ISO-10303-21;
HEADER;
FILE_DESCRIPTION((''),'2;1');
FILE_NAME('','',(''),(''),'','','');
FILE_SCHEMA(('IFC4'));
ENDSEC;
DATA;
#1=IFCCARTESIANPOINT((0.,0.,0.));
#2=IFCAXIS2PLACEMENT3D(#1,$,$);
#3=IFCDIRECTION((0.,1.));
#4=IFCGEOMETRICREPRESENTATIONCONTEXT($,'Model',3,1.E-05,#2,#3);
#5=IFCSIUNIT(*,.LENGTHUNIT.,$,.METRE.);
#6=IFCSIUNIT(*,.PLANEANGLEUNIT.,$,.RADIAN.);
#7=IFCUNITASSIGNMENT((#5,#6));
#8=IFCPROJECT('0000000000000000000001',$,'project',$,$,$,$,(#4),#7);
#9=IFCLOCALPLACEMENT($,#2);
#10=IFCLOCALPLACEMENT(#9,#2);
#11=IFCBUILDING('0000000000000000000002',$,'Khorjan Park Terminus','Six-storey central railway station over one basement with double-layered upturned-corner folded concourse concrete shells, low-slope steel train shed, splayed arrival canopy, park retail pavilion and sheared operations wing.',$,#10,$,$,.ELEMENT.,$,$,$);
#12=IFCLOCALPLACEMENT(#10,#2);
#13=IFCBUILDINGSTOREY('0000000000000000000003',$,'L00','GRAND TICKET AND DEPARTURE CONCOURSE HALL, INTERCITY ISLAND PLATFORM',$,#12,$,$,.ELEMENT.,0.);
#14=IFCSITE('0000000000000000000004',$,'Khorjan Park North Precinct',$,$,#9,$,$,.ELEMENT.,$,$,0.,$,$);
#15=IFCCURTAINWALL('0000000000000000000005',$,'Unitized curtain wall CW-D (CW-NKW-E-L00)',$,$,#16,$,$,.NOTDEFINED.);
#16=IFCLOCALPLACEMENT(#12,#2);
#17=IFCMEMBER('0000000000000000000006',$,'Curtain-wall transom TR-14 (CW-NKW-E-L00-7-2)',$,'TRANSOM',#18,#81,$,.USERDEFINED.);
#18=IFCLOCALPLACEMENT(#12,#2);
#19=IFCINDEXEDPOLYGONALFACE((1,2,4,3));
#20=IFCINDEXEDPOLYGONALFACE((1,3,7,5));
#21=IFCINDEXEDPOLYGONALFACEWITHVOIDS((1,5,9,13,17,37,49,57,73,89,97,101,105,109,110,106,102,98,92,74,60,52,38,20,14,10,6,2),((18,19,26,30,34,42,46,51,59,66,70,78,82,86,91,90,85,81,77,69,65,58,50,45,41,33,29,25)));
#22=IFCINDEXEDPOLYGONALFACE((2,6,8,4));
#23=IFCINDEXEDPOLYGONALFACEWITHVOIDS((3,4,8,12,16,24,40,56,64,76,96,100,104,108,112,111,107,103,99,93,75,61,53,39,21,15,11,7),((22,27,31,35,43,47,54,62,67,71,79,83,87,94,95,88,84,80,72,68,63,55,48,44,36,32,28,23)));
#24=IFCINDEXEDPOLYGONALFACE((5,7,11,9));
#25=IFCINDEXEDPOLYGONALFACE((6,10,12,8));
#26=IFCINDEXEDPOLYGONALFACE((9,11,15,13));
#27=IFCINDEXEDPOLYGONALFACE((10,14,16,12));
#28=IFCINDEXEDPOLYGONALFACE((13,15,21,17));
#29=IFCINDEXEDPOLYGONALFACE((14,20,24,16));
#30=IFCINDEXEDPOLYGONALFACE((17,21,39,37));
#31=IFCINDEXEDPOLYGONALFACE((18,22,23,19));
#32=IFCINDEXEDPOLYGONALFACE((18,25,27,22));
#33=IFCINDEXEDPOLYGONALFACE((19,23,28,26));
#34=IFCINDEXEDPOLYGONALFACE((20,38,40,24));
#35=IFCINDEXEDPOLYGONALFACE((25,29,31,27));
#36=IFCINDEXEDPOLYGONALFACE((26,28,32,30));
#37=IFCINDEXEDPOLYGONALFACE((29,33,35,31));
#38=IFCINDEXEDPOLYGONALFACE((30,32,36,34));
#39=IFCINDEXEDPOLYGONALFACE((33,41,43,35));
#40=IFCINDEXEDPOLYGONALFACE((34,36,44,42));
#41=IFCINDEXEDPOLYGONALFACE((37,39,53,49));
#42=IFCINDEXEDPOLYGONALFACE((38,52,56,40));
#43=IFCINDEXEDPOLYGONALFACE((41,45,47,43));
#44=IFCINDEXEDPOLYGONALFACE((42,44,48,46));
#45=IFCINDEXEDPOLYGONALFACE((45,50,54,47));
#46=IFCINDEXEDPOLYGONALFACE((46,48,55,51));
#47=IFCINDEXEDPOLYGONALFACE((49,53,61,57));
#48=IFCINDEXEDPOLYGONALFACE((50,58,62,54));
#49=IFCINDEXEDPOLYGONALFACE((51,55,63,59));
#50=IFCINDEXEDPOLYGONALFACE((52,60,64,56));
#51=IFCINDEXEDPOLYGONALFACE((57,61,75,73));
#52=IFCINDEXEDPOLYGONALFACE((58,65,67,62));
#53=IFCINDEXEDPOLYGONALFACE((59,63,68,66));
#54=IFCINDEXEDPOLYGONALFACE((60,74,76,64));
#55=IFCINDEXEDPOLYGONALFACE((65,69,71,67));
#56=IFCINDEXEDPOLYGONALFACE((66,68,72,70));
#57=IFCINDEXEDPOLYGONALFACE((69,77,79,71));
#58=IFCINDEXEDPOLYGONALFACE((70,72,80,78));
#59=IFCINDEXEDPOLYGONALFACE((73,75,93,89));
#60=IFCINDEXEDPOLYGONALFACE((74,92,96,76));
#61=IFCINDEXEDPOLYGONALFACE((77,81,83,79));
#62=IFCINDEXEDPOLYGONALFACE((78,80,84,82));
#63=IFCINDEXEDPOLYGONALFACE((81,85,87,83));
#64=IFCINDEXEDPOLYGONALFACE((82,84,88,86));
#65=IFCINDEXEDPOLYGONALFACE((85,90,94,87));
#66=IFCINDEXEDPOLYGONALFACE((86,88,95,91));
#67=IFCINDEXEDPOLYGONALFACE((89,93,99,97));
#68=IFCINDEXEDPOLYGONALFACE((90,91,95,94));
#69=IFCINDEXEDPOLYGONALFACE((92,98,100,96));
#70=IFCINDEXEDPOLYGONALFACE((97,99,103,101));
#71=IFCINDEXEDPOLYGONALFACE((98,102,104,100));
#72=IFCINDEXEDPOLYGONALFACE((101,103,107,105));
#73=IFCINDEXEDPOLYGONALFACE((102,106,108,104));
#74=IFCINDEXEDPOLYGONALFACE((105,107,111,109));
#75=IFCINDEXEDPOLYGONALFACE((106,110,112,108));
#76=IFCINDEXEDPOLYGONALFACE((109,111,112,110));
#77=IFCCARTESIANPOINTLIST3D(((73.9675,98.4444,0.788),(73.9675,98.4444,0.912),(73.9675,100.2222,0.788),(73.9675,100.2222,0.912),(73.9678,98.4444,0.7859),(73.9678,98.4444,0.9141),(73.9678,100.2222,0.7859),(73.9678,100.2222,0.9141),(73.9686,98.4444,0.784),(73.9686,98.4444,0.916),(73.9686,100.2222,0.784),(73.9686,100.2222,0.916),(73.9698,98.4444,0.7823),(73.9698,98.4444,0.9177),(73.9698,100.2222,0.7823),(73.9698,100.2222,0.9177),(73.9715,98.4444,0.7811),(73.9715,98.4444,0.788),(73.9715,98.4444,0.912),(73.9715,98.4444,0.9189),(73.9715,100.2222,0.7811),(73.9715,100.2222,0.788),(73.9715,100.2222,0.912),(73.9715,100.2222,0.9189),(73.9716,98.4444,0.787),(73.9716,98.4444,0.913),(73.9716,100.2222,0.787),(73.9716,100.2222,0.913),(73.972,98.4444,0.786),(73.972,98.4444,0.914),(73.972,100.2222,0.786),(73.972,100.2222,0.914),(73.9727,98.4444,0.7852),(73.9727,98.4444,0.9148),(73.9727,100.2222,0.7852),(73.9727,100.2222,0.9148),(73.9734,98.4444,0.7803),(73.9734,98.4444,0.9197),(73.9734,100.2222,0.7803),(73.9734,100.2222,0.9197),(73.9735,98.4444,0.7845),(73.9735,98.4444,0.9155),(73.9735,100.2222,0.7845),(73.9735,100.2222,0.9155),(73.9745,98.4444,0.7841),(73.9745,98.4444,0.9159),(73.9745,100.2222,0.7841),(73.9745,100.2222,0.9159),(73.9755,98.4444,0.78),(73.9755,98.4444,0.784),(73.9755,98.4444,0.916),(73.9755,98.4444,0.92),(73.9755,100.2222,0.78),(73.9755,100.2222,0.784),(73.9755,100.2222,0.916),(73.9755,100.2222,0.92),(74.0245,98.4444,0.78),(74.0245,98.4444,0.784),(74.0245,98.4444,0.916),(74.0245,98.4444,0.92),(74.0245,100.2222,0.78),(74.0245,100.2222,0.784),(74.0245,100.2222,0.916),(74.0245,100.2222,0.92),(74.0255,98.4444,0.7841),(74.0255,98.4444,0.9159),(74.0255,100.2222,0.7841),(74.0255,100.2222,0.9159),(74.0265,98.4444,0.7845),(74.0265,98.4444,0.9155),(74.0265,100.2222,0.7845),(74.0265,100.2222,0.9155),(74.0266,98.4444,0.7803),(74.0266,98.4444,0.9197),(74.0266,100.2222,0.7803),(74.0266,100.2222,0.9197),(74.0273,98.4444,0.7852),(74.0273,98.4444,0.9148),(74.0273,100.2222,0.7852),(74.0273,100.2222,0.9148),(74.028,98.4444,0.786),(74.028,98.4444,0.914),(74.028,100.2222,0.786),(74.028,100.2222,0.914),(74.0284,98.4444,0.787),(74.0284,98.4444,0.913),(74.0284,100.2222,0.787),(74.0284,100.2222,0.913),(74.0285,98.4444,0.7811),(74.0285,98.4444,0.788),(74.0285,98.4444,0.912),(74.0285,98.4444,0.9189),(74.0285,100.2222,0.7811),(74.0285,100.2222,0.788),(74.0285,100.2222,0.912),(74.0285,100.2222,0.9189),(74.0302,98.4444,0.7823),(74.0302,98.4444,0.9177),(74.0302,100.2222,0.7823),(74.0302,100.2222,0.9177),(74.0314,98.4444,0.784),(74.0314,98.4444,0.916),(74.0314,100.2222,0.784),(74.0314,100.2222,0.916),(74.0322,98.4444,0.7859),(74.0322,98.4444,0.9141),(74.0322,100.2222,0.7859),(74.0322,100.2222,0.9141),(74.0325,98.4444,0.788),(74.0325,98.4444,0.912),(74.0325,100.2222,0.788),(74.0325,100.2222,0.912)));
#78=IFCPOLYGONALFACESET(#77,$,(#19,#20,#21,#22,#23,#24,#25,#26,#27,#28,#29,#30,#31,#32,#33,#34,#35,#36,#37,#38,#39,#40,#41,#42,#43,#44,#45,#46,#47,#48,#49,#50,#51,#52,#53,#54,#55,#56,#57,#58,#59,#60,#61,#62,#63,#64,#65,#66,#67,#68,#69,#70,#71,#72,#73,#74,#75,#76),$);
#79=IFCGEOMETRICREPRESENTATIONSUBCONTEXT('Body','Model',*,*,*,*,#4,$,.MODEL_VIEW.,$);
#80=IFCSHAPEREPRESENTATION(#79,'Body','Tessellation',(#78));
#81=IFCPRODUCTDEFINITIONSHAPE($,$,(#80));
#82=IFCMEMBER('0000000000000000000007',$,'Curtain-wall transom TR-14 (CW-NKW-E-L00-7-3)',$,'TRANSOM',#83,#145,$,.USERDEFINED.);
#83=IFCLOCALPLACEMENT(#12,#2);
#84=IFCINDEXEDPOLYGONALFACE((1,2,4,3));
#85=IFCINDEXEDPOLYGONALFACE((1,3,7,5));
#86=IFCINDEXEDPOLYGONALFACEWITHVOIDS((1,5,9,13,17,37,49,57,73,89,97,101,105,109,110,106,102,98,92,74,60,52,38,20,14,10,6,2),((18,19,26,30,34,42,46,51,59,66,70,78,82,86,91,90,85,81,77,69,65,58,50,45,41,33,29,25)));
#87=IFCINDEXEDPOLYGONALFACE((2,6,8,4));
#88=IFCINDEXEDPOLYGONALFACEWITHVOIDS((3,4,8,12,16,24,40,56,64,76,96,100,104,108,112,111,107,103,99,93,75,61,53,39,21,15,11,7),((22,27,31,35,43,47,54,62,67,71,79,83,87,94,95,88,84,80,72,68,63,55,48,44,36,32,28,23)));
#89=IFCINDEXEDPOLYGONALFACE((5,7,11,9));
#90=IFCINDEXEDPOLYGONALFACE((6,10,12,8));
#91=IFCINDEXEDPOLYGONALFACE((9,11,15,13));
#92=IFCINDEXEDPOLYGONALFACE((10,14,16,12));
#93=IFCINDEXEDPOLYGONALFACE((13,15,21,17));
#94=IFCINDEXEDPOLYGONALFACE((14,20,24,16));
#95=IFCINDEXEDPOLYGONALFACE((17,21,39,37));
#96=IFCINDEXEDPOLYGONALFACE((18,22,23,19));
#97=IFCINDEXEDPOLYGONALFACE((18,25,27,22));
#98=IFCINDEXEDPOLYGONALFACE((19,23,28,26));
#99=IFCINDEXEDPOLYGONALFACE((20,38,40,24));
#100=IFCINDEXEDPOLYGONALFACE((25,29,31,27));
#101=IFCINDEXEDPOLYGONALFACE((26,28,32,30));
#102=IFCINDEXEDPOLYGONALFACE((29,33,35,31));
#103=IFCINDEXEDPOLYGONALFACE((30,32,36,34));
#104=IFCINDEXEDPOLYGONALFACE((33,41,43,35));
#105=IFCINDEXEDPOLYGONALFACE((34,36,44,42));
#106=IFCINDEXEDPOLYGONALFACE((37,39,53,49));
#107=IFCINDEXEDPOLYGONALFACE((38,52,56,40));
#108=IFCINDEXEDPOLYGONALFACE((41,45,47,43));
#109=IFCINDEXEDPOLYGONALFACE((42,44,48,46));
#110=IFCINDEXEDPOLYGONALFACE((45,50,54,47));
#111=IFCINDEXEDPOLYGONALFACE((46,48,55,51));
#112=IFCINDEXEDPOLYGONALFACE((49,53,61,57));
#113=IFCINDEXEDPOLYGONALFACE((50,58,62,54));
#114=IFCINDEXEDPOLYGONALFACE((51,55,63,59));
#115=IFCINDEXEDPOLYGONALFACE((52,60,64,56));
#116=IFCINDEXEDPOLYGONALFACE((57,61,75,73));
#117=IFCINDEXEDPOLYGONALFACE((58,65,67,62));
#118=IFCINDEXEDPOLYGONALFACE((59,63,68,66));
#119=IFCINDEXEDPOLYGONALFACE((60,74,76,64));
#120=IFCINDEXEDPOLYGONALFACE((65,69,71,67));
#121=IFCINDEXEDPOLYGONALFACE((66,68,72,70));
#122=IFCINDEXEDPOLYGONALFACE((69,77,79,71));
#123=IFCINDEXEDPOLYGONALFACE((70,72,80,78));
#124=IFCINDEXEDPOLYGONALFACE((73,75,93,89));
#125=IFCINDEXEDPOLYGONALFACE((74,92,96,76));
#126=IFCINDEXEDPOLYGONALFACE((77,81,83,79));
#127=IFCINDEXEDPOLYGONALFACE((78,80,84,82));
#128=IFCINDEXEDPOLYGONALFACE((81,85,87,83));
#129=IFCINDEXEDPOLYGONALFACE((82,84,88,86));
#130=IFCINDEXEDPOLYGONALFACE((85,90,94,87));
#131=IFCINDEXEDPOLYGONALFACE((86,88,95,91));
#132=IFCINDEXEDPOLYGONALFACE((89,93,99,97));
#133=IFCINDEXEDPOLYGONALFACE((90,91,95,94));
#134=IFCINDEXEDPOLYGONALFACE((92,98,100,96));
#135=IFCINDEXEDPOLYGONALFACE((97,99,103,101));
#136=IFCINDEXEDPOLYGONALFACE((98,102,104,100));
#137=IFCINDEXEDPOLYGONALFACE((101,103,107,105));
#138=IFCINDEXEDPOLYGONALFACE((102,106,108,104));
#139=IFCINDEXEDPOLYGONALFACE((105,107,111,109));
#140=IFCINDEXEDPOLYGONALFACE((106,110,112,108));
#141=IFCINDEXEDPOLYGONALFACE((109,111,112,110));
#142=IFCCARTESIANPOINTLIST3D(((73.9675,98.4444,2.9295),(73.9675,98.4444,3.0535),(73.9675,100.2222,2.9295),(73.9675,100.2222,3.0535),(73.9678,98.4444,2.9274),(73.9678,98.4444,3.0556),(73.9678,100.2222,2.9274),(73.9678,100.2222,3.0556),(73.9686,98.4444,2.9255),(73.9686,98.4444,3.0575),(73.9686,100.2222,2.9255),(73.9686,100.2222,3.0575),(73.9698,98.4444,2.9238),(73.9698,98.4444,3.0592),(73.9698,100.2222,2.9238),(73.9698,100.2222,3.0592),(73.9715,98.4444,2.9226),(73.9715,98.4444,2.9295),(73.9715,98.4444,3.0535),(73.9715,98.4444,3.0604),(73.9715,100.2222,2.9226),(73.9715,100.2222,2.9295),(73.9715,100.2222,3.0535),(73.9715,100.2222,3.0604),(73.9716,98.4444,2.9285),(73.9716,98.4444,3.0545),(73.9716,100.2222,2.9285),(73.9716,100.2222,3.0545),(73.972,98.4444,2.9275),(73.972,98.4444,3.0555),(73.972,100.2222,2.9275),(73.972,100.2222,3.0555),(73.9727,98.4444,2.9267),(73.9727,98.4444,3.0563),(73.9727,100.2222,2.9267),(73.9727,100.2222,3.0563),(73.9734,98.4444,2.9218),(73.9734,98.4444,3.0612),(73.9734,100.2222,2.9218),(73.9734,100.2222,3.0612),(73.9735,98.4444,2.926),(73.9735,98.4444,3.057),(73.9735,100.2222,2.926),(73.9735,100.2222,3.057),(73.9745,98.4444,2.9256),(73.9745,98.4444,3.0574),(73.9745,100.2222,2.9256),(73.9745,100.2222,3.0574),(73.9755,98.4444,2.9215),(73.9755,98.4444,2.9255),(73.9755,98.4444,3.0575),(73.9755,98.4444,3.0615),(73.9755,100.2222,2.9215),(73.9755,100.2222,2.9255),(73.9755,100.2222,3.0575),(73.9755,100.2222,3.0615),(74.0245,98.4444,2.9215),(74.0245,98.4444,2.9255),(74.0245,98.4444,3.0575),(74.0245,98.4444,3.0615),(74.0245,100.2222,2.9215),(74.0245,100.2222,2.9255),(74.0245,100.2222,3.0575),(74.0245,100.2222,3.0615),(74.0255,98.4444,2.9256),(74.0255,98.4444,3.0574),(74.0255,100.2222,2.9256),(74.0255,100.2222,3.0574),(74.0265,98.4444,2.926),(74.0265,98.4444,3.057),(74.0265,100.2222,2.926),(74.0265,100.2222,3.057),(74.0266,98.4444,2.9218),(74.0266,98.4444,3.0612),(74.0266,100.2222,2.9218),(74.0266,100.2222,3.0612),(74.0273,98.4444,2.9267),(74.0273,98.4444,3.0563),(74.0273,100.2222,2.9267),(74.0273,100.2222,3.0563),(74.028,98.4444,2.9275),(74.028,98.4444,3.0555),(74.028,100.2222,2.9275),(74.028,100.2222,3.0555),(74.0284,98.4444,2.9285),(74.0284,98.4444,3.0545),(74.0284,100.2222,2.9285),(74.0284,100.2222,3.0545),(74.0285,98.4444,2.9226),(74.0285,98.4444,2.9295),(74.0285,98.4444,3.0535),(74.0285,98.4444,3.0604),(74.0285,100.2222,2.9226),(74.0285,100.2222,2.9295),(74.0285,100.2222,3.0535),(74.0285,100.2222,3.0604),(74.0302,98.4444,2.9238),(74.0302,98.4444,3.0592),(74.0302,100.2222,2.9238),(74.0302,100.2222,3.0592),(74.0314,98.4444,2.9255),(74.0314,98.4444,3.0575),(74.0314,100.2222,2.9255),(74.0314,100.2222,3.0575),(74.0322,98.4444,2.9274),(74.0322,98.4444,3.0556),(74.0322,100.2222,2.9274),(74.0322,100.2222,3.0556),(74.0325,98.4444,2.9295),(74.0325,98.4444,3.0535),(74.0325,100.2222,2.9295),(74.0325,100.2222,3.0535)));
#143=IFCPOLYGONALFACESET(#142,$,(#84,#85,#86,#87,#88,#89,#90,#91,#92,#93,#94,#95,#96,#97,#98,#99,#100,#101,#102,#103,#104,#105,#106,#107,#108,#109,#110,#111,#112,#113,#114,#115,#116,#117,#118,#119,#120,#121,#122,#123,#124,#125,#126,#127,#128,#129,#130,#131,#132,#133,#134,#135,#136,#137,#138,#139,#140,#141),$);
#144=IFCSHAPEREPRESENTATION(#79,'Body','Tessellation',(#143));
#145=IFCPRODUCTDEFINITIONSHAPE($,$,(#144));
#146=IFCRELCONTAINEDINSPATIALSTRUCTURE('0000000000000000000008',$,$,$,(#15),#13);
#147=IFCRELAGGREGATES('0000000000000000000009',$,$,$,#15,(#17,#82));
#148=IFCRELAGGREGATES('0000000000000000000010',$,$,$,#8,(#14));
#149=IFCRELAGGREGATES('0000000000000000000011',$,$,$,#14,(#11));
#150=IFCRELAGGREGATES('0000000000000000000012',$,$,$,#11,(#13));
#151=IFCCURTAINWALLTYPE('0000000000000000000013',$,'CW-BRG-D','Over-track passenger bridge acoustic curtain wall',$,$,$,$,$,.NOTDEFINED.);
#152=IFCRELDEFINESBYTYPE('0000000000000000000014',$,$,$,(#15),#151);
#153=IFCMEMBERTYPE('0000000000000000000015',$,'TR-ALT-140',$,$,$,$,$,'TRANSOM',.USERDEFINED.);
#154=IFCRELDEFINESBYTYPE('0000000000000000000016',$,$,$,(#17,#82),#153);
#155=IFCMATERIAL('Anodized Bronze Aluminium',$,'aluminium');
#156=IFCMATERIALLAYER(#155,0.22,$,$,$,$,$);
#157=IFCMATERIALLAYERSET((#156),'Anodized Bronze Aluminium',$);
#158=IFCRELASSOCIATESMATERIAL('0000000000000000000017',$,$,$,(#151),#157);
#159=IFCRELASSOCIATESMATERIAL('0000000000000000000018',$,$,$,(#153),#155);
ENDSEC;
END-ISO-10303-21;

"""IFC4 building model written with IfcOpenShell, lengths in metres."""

from ifc_helpers import new_model, si_unit, direction, frame, origin, origin_2d, place, context, subcontext, project, spatial, hollow_rectangle, extrude, material, layer, layer_set, material_profile, profile_set, type_object, element, aggregate, save


model = new_model("IFC4")

# Units and contexts
model_context = context("Model", 3, precision=1e-05, world=origin(), true_north=direction((0.0, 1.0)))
body_context = subcontext(model_context, "Body", "Model", "MODEL_VIEW")
ifc_project = project(units=[si_unit("LENGTHUNIT", "METRE"), si_unit("PLANEANGLEUNIT", "RADIAN")], contexts=[model_context])

# Site, building, storey
site_placement = place(None, origin())
site = spatial("IfcSite", under=ifc_project, at=site_placement, Name="Khorjan Park North Precinct", CompositionType="ELEMENT", RefElevation=0.0)
building_placement = place(site_placement, origin())
building = spatial("IfcBuilding", under=site, at=building_placement, Name="Khorjan Park Terminus", Description="Six-storey central railway station over one basement with double-layered upturned-corner folded concourse concrete shells, low-slope steel train shed, splayed arrival canopy, park retail pavilion and sheared operations wing.", CompositionType="ELEMENT")
storey_placement = place(building_placement, origin())
storey = spatial("IfcBuildingStorey", under=building, at=storey_placement, Name="L00", Description="GRAND TICKET AND DEPARTURE CONCOURSE HALL, INTERCITY ISLAND PLATFORM", CompositionType="ELEMENT", Elevation=0.0)

# Curtain wall, members
ifc_material_1 = material(Name="Anodized Bronze Aluminium", Category="aluminium")
ifc_layer_1 = layer(ifc_material_1, 0.22)
ifc_layer_set_1 = layer_set([ifc_layer_1], Name="Anodized Bronze Aluminium")
curtain_wall_type = type_object("IfcCurtainWallType", Name="CW-BRG-D", Description="Over-track passenger bridge acoustic curtain wall", PredefinedType="NOTDEFINED", material=ifc_layer_set_1)
curtain_wall_placement = place(storey_placement, origin())
curtain_wall = element("IfcCurtainWall", 1, at=curtain_wall_placement, inside=storey, type_object=curtain_wall_type, Name="Unitized curtain wall CW-D (CW-NKW-E-L00)", PredefinedType="NOTDEFINED")
ifc_material_profile_1 = material_profile(ifc_material_1, hollow_rectangle(XDim=0.065, YDim=0.14, WallThickness=0.004, InnerFilletRadius=0.004, OuterFilletRadius=0.008, at=origin_2d()), Name="ALT 65x140x4")
ifc_profile_set_1 = profile_set([ifc_material_profile_1], Name="Anodized Bronze Aluminium")
member_type_1 = type_object("IfcMemberType", Name="TR-ALT-140", ElementType="TRANSOM", PredefinedType="USERDEFINED", material=ifc_profile_set_1)
member_1_placement = place(storey_placement, frame((74.0, 98.4444, 0.85), z_axis=(0.0, 1.0, 0.0), x_axis=(-1.0, 0.0, 0.0)))
member_1 = element("IfcMember", 2, at=member_1_placement, type_object=member_type_1, Name="Curtain-wall transom TR-14 (CW-NKW-E-L00-7-2)", ObjectType="TRANSOM", PredefinedType="USERDEFINED", context=body_context, shape_type="SweptSolid", body=[
    extrude(hollow_rectangle(XDim=0.065, YDim=0.14, WallThickness=0.004, InnerFilletRadius=0.004, OuterFilletRadius=0.008, at=origin_2d()), origin(), (0.0, 0.0, 1.0), 1.7778),
])
member_2_placement = place(storey_placement, frame((74.0, 98.4444, 2.9915), z_axis=(0.0, 1.0, 0.0), x_axis=(-1.0, 0.0, 0.0)))
member_2 = element("IfcMember", 3, at=member_2_placement, type_object=member_type_1, Name="Curtain-wall transom TR-14 (CW-NKW-E-L00-7-3)", ObjectType="TRANSOM", PredefinedType="USERDEFINED", context=body_context, shape_type="SweptSolid", body=[
    extrude(hollow_rectangle(XDim=0.065, YDim=0.14, WallThickness=0.004, InnerFilletRadius=0.004, OuterFilletRadius=0.008, at=origin_2d()), origin(), (0.0, 0.0, 1.0), 1.7778),
])
aggregate(curtain_wall, [member_1, member_2])

save(model, "model.ifc")
